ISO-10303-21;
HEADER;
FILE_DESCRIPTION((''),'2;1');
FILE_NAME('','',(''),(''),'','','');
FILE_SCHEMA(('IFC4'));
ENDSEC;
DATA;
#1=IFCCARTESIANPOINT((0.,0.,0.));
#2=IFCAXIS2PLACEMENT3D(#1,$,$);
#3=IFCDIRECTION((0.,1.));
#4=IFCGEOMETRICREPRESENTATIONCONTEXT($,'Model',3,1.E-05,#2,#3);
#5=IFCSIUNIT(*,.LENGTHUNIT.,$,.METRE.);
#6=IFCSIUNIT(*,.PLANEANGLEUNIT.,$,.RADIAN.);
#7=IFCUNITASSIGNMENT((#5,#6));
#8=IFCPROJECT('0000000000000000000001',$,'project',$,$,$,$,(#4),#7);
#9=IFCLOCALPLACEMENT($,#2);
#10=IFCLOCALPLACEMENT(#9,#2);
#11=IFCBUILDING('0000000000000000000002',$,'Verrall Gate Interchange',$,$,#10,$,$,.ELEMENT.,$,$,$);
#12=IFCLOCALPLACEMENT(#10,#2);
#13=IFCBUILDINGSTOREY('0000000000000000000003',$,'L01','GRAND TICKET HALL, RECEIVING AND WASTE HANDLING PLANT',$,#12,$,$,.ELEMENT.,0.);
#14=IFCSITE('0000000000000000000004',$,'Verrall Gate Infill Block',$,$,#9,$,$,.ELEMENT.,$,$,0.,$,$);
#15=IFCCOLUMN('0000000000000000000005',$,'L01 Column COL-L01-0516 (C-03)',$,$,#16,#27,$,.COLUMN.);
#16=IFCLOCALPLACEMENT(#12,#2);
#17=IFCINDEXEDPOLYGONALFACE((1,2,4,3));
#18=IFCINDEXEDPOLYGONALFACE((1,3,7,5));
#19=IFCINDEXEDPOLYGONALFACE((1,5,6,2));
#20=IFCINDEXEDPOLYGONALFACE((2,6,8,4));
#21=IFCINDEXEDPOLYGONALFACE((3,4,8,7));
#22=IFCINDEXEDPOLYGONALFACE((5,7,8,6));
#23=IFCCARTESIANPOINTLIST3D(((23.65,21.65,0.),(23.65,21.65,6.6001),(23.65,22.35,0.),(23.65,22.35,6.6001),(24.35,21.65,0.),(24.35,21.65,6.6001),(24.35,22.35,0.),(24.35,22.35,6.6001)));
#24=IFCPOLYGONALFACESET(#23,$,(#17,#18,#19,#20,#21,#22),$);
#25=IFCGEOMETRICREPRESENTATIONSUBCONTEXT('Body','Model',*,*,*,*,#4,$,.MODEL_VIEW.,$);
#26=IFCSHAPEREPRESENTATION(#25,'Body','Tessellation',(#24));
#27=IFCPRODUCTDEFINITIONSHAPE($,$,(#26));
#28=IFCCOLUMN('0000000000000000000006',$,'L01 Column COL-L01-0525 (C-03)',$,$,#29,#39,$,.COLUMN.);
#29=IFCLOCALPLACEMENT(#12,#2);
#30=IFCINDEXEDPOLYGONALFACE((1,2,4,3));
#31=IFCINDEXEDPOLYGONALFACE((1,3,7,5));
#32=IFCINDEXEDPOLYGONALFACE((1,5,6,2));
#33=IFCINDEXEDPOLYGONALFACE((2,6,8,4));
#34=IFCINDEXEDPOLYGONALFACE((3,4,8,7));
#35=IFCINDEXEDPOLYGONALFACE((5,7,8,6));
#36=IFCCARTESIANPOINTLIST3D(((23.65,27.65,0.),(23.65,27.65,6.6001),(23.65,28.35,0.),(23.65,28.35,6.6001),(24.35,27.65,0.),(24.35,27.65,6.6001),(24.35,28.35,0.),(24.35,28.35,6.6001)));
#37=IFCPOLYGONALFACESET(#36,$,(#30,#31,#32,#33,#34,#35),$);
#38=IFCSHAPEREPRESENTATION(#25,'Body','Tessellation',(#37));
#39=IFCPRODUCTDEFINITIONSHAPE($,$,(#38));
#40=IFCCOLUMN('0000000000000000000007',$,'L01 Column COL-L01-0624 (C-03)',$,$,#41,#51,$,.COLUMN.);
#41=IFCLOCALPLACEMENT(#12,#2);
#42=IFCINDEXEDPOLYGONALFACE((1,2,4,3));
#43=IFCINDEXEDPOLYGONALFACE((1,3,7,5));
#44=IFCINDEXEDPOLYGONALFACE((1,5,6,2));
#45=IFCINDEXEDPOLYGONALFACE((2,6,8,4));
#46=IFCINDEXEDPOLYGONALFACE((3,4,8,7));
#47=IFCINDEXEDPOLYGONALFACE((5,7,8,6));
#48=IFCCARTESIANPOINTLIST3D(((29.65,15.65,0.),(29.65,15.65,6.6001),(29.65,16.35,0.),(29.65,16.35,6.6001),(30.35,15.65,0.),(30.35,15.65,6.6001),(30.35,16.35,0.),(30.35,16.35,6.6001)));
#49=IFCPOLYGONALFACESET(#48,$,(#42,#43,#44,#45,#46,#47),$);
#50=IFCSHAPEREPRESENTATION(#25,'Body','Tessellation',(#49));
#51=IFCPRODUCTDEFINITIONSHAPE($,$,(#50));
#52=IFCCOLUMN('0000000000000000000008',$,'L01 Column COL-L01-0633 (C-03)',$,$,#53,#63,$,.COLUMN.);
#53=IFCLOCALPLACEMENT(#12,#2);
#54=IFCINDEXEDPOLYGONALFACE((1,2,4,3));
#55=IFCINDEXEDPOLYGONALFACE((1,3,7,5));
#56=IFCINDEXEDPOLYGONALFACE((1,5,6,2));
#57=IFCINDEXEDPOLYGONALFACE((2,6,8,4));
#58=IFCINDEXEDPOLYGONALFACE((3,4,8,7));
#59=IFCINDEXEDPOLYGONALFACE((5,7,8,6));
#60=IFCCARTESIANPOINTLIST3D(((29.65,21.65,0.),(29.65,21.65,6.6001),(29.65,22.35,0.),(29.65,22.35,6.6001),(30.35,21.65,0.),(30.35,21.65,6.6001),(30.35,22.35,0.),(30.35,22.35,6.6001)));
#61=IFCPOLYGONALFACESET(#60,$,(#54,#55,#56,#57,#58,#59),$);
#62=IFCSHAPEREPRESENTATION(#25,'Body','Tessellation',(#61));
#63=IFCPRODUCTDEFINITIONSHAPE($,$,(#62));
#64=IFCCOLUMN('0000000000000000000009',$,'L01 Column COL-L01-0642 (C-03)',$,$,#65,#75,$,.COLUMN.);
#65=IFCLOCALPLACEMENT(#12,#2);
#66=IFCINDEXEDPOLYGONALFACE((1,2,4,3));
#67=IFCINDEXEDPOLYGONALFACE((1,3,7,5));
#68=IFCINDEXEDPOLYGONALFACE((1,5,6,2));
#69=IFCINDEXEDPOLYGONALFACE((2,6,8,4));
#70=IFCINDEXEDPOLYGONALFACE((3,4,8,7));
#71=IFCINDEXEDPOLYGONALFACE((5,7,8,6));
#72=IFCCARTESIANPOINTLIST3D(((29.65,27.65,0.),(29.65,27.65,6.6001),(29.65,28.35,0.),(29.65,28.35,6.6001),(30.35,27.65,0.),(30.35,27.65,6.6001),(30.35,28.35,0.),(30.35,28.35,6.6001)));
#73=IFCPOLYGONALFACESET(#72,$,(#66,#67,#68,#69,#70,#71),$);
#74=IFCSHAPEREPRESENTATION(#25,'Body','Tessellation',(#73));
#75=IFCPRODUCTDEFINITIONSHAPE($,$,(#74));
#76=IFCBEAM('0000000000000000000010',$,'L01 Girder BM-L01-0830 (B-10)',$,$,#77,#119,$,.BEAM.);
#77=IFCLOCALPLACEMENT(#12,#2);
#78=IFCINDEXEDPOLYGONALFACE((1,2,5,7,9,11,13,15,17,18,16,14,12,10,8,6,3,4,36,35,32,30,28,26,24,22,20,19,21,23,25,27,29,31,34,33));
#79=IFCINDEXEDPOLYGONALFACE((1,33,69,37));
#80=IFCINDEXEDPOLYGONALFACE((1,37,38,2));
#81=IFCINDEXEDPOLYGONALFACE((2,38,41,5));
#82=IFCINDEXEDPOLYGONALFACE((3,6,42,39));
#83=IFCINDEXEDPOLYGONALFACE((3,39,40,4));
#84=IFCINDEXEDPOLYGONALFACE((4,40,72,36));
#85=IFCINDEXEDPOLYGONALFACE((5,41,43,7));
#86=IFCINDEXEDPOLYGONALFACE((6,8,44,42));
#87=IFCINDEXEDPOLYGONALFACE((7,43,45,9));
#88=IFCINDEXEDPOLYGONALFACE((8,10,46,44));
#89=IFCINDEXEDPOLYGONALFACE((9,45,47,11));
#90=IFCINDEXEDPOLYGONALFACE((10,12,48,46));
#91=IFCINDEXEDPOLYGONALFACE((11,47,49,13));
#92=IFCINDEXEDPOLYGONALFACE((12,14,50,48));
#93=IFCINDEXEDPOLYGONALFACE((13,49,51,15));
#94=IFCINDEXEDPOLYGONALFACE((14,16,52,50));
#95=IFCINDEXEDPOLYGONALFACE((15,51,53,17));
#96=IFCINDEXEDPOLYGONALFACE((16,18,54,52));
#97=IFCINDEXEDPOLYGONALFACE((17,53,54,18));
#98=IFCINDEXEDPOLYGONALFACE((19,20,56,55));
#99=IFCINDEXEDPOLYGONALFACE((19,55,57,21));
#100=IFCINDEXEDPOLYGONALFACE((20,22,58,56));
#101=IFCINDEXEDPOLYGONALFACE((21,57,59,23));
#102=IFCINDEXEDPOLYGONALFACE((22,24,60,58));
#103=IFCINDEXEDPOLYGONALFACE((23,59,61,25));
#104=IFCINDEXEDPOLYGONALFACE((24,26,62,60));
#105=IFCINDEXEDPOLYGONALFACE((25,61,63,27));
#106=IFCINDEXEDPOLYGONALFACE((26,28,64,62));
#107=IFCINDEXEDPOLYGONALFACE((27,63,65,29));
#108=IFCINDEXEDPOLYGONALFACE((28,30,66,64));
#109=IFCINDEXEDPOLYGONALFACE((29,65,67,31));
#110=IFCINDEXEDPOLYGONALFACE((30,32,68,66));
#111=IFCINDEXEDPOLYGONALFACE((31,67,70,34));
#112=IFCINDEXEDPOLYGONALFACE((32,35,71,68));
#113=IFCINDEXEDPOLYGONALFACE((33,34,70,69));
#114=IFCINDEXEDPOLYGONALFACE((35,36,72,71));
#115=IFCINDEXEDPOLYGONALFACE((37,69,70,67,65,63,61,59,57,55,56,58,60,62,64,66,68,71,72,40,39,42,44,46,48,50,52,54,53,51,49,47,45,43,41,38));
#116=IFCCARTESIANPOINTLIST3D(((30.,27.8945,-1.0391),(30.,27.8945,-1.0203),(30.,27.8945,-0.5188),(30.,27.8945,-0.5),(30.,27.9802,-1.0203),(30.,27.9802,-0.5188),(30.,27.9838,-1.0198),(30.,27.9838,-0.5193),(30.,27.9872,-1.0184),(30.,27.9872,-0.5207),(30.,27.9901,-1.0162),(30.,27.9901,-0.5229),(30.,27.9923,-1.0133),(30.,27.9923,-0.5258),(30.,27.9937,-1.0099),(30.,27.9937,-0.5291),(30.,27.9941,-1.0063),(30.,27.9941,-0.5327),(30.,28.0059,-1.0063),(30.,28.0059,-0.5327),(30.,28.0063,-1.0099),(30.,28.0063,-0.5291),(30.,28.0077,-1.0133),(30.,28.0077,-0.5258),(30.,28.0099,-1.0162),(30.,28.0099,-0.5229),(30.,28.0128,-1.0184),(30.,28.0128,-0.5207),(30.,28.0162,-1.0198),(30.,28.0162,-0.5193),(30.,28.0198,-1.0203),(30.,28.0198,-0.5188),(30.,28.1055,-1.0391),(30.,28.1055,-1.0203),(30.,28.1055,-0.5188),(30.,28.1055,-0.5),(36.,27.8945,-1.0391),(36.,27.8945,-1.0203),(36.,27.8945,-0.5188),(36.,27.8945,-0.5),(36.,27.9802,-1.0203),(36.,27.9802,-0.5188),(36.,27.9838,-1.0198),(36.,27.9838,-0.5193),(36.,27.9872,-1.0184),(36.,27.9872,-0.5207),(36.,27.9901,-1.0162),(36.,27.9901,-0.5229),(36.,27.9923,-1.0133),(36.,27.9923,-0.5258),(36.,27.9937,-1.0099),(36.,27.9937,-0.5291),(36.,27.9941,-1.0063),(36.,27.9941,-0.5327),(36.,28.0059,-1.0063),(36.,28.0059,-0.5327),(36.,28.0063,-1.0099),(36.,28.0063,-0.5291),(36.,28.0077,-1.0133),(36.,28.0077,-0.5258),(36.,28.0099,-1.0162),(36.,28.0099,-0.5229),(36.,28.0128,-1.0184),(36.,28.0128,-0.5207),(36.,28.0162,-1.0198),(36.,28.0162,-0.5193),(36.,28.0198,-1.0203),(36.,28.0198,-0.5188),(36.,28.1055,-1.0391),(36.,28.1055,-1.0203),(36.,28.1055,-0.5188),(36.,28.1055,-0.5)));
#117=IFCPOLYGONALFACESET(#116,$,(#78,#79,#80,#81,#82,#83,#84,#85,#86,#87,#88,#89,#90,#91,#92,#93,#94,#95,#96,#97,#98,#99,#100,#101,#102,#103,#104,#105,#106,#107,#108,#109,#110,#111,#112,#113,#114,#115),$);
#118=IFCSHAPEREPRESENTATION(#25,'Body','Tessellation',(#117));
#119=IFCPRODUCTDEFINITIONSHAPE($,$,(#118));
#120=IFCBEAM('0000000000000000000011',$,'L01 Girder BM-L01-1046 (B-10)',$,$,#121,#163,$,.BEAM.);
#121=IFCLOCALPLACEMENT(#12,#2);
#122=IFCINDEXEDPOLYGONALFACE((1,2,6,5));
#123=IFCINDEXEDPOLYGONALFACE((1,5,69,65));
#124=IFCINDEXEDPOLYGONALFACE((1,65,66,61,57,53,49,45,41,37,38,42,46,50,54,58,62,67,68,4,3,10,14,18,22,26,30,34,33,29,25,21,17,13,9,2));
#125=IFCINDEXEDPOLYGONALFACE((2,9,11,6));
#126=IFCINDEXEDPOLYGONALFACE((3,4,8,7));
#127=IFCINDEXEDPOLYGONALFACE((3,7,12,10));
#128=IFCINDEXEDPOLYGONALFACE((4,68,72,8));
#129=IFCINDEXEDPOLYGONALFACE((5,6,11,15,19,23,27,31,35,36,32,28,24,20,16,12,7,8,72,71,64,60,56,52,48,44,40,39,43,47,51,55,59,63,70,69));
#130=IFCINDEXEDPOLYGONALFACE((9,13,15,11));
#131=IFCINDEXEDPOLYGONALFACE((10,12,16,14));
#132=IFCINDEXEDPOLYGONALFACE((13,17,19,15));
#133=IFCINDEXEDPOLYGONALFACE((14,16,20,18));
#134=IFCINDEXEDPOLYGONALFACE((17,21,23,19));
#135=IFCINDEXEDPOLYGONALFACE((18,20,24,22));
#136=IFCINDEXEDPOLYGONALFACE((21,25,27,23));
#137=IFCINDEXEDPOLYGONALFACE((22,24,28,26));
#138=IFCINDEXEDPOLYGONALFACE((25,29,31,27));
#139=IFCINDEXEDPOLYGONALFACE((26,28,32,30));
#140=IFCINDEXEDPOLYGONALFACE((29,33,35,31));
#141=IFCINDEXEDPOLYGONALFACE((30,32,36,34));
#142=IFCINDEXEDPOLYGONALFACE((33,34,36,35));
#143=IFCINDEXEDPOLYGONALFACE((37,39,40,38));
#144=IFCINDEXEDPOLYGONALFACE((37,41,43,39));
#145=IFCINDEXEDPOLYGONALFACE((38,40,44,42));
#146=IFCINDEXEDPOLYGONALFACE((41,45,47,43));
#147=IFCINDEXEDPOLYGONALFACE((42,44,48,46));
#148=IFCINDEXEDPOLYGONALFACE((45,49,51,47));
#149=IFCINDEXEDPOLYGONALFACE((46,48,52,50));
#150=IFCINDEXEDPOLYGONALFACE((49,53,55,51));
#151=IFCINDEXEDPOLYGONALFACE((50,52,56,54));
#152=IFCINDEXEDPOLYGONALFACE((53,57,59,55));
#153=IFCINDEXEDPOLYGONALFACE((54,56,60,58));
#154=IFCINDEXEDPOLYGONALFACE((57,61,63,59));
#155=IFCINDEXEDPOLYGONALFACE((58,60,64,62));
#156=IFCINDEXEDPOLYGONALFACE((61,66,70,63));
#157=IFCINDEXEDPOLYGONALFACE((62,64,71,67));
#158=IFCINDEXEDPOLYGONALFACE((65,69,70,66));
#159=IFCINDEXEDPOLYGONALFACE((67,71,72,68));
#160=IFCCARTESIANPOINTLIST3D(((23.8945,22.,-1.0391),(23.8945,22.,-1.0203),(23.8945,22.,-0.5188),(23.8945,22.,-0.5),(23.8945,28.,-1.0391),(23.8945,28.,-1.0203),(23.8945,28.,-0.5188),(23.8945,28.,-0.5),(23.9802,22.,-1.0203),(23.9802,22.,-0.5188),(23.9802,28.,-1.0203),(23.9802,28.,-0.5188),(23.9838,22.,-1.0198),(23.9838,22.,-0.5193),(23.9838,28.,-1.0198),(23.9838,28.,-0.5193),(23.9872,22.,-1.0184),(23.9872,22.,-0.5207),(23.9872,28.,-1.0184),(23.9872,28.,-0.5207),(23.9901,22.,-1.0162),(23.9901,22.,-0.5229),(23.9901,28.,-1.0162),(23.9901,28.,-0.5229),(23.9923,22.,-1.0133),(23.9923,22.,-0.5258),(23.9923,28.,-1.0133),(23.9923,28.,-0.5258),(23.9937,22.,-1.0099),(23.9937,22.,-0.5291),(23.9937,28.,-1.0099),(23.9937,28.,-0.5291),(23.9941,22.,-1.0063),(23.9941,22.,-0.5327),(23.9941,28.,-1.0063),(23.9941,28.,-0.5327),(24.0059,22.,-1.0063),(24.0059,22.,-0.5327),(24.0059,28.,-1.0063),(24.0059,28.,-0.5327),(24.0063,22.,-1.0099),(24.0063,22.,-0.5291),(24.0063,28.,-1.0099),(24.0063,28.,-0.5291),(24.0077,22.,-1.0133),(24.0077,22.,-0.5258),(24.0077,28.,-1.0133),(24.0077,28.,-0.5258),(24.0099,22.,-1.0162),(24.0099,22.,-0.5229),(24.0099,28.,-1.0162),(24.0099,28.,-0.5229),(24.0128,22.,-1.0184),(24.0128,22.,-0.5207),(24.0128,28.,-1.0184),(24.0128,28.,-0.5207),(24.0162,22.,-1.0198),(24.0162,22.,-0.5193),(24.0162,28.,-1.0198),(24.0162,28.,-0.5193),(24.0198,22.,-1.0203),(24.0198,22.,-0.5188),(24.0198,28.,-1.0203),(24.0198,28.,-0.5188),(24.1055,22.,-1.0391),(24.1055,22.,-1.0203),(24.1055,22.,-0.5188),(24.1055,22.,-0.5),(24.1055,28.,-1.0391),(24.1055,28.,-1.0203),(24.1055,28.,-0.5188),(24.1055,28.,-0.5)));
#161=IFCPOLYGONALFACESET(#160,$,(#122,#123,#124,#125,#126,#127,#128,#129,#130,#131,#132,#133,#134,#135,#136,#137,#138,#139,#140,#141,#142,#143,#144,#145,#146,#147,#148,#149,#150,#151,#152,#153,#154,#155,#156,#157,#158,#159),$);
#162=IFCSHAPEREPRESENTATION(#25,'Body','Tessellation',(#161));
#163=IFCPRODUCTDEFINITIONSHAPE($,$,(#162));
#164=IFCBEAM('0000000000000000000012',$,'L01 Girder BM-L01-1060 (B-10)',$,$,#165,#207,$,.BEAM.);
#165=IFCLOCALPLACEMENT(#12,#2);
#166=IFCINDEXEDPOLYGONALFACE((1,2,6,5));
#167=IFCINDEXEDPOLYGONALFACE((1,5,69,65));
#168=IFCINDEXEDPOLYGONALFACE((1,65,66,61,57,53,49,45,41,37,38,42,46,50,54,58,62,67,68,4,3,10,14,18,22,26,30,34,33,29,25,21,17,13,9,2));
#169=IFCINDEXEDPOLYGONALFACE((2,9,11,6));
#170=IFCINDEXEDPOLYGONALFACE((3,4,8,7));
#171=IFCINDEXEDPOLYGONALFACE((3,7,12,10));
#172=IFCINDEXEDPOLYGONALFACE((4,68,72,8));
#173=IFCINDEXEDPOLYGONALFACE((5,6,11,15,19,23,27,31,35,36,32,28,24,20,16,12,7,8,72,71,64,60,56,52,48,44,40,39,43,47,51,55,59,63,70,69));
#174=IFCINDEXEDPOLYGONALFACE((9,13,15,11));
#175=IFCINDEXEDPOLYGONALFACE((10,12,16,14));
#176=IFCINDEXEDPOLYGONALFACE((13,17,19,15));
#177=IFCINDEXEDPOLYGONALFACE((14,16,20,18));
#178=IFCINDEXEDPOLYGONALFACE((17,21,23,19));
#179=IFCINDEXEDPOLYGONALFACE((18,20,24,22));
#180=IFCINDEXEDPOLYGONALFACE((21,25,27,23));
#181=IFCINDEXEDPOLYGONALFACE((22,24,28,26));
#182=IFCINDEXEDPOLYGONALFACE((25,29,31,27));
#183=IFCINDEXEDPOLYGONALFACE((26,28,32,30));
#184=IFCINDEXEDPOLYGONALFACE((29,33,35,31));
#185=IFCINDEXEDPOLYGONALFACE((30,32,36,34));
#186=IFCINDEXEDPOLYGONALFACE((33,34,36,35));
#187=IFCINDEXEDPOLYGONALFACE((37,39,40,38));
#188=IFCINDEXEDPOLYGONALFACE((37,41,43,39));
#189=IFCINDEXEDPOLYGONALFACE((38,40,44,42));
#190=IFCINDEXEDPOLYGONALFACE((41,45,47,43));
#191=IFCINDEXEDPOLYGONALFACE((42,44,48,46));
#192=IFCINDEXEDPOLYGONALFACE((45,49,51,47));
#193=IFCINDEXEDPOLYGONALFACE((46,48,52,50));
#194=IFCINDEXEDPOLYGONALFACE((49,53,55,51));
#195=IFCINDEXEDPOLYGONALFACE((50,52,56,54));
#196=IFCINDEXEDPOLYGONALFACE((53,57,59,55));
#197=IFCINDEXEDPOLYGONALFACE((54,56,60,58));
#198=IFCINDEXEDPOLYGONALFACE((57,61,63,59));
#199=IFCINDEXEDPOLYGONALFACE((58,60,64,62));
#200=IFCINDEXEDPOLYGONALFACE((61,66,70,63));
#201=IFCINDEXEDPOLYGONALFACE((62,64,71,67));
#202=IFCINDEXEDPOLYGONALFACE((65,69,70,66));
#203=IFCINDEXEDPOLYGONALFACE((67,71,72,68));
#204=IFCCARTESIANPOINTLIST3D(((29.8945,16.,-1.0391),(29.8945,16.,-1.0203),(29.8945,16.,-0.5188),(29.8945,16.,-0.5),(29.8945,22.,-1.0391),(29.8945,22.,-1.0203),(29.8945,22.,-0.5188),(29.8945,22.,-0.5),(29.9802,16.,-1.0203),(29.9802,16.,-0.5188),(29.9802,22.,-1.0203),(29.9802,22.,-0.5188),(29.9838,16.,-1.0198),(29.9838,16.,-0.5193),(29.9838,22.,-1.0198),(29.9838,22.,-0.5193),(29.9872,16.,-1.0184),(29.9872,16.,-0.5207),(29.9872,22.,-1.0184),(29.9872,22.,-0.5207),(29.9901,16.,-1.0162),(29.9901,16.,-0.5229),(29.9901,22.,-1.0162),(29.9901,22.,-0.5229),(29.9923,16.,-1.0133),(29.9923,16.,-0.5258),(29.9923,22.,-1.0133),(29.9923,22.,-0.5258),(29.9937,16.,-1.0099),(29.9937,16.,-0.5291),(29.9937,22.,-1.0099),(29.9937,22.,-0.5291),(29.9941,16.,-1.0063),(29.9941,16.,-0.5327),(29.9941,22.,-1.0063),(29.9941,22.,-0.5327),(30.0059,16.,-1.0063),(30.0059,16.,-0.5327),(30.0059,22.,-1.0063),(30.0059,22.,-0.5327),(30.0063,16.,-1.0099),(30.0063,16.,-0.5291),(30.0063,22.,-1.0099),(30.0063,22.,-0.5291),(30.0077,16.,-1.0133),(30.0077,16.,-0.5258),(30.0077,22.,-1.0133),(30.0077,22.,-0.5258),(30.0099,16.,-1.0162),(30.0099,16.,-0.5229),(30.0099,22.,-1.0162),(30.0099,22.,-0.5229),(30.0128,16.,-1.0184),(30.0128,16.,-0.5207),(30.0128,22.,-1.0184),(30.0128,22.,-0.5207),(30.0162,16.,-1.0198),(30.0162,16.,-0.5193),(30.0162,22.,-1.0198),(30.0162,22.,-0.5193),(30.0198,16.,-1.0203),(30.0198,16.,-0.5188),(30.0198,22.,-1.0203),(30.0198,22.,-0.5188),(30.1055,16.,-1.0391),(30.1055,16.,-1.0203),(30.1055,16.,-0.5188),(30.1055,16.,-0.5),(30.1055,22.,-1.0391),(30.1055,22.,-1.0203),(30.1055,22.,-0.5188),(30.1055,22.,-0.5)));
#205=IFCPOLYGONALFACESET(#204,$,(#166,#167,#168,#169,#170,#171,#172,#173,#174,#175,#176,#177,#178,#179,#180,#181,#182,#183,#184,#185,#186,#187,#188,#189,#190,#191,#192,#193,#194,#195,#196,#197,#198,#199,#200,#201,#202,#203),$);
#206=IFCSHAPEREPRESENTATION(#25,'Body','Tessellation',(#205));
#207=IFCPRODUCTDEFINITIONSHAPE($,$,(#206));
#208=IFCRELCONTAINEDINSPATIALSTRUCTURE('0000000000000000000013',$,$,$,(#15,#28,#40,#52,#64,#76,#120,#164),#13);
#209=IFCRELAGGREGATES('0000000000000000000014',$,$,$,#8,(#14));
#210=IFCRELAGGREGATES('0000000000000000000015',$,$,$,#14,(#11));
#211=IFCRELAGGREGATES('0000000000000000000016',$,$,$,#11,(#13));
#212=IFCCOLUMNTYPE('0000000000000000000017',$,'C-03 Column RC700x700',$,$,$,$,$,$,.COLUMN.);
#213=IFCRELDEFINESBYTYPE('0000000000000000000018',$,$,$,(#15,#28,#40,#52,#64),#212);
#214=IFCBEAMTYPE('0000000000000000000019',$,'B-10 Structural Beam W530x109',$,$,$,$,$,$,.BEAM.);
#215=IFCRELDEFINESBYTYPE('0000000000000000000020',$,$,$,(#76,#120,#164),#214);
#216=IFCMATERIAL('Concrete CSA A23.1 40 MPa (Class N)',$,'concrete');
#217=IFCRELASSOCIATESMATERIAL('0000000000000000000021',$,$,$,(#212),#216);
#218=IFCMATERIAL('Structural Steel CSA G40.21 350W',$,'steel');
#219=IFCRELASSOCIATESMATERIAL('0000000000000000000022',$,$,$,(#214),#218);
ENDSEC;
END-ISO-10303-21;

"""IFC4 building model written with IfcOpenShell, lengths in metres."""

from ifc_helpers import new_model, si_unit, direction, frame, origin, origin_2d, place, context, subcontext, project, spatial, rectangle, i_section, extrude, material, material_profile, profile_set, type_object, element, save


model = new_model("IFC4")

# Units and contexts
model_context = context("Model", 3, precision=1e-05, world=origin(), true_north=direction((0.0, 1.0)))
body_context = subcontext(model_context, "Body", "Model", "MODEL_VIEW")
ifc_project = project(units=[si_unit("LENGTHUNIT", "METRE"), si_unit("PLANEANGLEUNIT", "RADIAN")], contexts=[model_context])

# Site, building, storey
site_placement = place(None, origin())
site = spatial("IfcSite", under=ifc_project, at=site_placement, Name="Verrall Gate Infill Block", CompositionType="ELEMENT", RefElevation=0.0)
building_placement = place(site_placement, origin())
building = spatial("IfcBuilding", under=site, at=building_placement, Name="Verrall Gate Interchange", CompositionType="ELEMENT")
storey_placement = place(building_placement, origin())
storey = spatial("IfcBuildingStorey", under=building, at=storey_placement, Name="L01", Description="GRAND TICKET HALL, RECEIVING AND WASTE HANDLING PLANT", CompositionType="ELEMENT", Elevation=0.0)

# Columns
ifc_material_1 = material(Name="Concrete CSA A23.1 40 MPa (Class N)", Category="concrete")
ifc_material_profile_1 = material_profile(ifc_material_1, rectangle(XDim=0.7, YDim=0.7, at=origin_2d()), Name="RC700x700")
ifc_profile_set_1 = profile_set([ifc_material_profile_1], Name="Concrete CSA A23.1 40 MPa (Class N)")
column_type = type_object("IfcColumnType", Name="C-03 Column RC700x700", PredefinedType="COLUMN", material=ifc_profile_set_1)
for number, where, z_axis, x_axis, name in (
    (1, (24.0, 22.0, 0.0), (0.0, 0.0, 1.0), (1.0, 0.0, 0.0), "L01 Column COL-L01-0516 (C-03)"),
    (2, (24.0, 28.0, 0.0), (0.0, 0.0, 1.0), (1.0, 0.0, 0.0), "L01 Column COL-L01-0525 (C-03)"),
    (3, (30.0, 16.0, 0.0), (0.0, 0.0, 1.0), (1.0, 0.0, 0.0), "L01 Column COL-L01-0624 (C-03)"),
    (4, (30.0, 22.0, 0.0), (0.0, 0.0, 1.0), (1.0, 0.0, 0.0), "L01 Column COL-L01-0633 (C-03)"),
    (5, (30.0, 28.0, 0.0), (0.0, 0.0, 1.0), (1.0, 0.0, 0.0), "L01 Column COL-L01-0642 (C-03)"),
):
    element("IfcColumn", number, at=place(storey_placement, frame(where, z_axis=z_axis, x_axis=x_axis)), inside=storey, type_object=column_type, Name=name, PredefinedType="COLUMN", context=body_context, shape_type="SweptSolid", body=[
        extrude(rectangle(XDim=0.7, YDim=0.7, at=origin_2d()), origin(), (0.0, 0.0, 1.0), 6.6001),
    ])

# Beams
ifc_material_2 = material(Name="Structural Steel CSA G40.21 350W", Category="steel")
ifc_material_profile_2 = material_profile(ifc_material_2, i_section(OverallWidth=0.2109, OverallDepth=0.5391, WebThickness=0.0117, FlangeThickness=0.0188, FilletRadius=0.0139, at=origin_2d()), Name="W530x109")
ifc_profile_set_2 = profile_set([ifc_material_profile_2], Name="Structural Steel CSA G40.21 350W")
beam_type_1 = type_object("IfcBeamType", Name="B-10 Structural Beam W530x109", PredefinedType="BEAM", material=ifc_profile_set_2)
for number, where, z_axis, x_axis, name in (
    (6, (30.0, 28.0, -0.7695), (1.0, 0.0, 0.0), (0.0, 1.0, 0.0), "L01 Girder BM-L01-0830 (B-10)"),
    (7, (24.0, 22.0, -0.7695), (0.0, 1.0, 0.0), (-1.0, 0.0, 0.0), "L01 Girder BM-L01-1046 (B-10)"),
    (8, (30.0, 16.0, -0.7695), (0.0, 1.0, 0.0), (-1.0, 0.0, 0.0), "L01 Girder BM-L01-1060 (B-10)"),
):
    element("IfcBeam", number, at=place(storey_placement, frame(where, z_axis=z_axis, x_axis=x_axis)), inside=storey, type_object=beam_type_1, Name=name, PredefinedType="BEAM", context=body_context, shape_type="SweptSolid", body=[
        extrude(i_section(OverallWidth=0.2109, OverallDepth=0.5391, WebThickness=0.0117, FlangeThickness=0.0188, FilletRadius=0.0139, at=origin_2d()), origin(), (0.0, 0.0, 1.0), 6.0),
    ])

save(model, "model.ifc")
